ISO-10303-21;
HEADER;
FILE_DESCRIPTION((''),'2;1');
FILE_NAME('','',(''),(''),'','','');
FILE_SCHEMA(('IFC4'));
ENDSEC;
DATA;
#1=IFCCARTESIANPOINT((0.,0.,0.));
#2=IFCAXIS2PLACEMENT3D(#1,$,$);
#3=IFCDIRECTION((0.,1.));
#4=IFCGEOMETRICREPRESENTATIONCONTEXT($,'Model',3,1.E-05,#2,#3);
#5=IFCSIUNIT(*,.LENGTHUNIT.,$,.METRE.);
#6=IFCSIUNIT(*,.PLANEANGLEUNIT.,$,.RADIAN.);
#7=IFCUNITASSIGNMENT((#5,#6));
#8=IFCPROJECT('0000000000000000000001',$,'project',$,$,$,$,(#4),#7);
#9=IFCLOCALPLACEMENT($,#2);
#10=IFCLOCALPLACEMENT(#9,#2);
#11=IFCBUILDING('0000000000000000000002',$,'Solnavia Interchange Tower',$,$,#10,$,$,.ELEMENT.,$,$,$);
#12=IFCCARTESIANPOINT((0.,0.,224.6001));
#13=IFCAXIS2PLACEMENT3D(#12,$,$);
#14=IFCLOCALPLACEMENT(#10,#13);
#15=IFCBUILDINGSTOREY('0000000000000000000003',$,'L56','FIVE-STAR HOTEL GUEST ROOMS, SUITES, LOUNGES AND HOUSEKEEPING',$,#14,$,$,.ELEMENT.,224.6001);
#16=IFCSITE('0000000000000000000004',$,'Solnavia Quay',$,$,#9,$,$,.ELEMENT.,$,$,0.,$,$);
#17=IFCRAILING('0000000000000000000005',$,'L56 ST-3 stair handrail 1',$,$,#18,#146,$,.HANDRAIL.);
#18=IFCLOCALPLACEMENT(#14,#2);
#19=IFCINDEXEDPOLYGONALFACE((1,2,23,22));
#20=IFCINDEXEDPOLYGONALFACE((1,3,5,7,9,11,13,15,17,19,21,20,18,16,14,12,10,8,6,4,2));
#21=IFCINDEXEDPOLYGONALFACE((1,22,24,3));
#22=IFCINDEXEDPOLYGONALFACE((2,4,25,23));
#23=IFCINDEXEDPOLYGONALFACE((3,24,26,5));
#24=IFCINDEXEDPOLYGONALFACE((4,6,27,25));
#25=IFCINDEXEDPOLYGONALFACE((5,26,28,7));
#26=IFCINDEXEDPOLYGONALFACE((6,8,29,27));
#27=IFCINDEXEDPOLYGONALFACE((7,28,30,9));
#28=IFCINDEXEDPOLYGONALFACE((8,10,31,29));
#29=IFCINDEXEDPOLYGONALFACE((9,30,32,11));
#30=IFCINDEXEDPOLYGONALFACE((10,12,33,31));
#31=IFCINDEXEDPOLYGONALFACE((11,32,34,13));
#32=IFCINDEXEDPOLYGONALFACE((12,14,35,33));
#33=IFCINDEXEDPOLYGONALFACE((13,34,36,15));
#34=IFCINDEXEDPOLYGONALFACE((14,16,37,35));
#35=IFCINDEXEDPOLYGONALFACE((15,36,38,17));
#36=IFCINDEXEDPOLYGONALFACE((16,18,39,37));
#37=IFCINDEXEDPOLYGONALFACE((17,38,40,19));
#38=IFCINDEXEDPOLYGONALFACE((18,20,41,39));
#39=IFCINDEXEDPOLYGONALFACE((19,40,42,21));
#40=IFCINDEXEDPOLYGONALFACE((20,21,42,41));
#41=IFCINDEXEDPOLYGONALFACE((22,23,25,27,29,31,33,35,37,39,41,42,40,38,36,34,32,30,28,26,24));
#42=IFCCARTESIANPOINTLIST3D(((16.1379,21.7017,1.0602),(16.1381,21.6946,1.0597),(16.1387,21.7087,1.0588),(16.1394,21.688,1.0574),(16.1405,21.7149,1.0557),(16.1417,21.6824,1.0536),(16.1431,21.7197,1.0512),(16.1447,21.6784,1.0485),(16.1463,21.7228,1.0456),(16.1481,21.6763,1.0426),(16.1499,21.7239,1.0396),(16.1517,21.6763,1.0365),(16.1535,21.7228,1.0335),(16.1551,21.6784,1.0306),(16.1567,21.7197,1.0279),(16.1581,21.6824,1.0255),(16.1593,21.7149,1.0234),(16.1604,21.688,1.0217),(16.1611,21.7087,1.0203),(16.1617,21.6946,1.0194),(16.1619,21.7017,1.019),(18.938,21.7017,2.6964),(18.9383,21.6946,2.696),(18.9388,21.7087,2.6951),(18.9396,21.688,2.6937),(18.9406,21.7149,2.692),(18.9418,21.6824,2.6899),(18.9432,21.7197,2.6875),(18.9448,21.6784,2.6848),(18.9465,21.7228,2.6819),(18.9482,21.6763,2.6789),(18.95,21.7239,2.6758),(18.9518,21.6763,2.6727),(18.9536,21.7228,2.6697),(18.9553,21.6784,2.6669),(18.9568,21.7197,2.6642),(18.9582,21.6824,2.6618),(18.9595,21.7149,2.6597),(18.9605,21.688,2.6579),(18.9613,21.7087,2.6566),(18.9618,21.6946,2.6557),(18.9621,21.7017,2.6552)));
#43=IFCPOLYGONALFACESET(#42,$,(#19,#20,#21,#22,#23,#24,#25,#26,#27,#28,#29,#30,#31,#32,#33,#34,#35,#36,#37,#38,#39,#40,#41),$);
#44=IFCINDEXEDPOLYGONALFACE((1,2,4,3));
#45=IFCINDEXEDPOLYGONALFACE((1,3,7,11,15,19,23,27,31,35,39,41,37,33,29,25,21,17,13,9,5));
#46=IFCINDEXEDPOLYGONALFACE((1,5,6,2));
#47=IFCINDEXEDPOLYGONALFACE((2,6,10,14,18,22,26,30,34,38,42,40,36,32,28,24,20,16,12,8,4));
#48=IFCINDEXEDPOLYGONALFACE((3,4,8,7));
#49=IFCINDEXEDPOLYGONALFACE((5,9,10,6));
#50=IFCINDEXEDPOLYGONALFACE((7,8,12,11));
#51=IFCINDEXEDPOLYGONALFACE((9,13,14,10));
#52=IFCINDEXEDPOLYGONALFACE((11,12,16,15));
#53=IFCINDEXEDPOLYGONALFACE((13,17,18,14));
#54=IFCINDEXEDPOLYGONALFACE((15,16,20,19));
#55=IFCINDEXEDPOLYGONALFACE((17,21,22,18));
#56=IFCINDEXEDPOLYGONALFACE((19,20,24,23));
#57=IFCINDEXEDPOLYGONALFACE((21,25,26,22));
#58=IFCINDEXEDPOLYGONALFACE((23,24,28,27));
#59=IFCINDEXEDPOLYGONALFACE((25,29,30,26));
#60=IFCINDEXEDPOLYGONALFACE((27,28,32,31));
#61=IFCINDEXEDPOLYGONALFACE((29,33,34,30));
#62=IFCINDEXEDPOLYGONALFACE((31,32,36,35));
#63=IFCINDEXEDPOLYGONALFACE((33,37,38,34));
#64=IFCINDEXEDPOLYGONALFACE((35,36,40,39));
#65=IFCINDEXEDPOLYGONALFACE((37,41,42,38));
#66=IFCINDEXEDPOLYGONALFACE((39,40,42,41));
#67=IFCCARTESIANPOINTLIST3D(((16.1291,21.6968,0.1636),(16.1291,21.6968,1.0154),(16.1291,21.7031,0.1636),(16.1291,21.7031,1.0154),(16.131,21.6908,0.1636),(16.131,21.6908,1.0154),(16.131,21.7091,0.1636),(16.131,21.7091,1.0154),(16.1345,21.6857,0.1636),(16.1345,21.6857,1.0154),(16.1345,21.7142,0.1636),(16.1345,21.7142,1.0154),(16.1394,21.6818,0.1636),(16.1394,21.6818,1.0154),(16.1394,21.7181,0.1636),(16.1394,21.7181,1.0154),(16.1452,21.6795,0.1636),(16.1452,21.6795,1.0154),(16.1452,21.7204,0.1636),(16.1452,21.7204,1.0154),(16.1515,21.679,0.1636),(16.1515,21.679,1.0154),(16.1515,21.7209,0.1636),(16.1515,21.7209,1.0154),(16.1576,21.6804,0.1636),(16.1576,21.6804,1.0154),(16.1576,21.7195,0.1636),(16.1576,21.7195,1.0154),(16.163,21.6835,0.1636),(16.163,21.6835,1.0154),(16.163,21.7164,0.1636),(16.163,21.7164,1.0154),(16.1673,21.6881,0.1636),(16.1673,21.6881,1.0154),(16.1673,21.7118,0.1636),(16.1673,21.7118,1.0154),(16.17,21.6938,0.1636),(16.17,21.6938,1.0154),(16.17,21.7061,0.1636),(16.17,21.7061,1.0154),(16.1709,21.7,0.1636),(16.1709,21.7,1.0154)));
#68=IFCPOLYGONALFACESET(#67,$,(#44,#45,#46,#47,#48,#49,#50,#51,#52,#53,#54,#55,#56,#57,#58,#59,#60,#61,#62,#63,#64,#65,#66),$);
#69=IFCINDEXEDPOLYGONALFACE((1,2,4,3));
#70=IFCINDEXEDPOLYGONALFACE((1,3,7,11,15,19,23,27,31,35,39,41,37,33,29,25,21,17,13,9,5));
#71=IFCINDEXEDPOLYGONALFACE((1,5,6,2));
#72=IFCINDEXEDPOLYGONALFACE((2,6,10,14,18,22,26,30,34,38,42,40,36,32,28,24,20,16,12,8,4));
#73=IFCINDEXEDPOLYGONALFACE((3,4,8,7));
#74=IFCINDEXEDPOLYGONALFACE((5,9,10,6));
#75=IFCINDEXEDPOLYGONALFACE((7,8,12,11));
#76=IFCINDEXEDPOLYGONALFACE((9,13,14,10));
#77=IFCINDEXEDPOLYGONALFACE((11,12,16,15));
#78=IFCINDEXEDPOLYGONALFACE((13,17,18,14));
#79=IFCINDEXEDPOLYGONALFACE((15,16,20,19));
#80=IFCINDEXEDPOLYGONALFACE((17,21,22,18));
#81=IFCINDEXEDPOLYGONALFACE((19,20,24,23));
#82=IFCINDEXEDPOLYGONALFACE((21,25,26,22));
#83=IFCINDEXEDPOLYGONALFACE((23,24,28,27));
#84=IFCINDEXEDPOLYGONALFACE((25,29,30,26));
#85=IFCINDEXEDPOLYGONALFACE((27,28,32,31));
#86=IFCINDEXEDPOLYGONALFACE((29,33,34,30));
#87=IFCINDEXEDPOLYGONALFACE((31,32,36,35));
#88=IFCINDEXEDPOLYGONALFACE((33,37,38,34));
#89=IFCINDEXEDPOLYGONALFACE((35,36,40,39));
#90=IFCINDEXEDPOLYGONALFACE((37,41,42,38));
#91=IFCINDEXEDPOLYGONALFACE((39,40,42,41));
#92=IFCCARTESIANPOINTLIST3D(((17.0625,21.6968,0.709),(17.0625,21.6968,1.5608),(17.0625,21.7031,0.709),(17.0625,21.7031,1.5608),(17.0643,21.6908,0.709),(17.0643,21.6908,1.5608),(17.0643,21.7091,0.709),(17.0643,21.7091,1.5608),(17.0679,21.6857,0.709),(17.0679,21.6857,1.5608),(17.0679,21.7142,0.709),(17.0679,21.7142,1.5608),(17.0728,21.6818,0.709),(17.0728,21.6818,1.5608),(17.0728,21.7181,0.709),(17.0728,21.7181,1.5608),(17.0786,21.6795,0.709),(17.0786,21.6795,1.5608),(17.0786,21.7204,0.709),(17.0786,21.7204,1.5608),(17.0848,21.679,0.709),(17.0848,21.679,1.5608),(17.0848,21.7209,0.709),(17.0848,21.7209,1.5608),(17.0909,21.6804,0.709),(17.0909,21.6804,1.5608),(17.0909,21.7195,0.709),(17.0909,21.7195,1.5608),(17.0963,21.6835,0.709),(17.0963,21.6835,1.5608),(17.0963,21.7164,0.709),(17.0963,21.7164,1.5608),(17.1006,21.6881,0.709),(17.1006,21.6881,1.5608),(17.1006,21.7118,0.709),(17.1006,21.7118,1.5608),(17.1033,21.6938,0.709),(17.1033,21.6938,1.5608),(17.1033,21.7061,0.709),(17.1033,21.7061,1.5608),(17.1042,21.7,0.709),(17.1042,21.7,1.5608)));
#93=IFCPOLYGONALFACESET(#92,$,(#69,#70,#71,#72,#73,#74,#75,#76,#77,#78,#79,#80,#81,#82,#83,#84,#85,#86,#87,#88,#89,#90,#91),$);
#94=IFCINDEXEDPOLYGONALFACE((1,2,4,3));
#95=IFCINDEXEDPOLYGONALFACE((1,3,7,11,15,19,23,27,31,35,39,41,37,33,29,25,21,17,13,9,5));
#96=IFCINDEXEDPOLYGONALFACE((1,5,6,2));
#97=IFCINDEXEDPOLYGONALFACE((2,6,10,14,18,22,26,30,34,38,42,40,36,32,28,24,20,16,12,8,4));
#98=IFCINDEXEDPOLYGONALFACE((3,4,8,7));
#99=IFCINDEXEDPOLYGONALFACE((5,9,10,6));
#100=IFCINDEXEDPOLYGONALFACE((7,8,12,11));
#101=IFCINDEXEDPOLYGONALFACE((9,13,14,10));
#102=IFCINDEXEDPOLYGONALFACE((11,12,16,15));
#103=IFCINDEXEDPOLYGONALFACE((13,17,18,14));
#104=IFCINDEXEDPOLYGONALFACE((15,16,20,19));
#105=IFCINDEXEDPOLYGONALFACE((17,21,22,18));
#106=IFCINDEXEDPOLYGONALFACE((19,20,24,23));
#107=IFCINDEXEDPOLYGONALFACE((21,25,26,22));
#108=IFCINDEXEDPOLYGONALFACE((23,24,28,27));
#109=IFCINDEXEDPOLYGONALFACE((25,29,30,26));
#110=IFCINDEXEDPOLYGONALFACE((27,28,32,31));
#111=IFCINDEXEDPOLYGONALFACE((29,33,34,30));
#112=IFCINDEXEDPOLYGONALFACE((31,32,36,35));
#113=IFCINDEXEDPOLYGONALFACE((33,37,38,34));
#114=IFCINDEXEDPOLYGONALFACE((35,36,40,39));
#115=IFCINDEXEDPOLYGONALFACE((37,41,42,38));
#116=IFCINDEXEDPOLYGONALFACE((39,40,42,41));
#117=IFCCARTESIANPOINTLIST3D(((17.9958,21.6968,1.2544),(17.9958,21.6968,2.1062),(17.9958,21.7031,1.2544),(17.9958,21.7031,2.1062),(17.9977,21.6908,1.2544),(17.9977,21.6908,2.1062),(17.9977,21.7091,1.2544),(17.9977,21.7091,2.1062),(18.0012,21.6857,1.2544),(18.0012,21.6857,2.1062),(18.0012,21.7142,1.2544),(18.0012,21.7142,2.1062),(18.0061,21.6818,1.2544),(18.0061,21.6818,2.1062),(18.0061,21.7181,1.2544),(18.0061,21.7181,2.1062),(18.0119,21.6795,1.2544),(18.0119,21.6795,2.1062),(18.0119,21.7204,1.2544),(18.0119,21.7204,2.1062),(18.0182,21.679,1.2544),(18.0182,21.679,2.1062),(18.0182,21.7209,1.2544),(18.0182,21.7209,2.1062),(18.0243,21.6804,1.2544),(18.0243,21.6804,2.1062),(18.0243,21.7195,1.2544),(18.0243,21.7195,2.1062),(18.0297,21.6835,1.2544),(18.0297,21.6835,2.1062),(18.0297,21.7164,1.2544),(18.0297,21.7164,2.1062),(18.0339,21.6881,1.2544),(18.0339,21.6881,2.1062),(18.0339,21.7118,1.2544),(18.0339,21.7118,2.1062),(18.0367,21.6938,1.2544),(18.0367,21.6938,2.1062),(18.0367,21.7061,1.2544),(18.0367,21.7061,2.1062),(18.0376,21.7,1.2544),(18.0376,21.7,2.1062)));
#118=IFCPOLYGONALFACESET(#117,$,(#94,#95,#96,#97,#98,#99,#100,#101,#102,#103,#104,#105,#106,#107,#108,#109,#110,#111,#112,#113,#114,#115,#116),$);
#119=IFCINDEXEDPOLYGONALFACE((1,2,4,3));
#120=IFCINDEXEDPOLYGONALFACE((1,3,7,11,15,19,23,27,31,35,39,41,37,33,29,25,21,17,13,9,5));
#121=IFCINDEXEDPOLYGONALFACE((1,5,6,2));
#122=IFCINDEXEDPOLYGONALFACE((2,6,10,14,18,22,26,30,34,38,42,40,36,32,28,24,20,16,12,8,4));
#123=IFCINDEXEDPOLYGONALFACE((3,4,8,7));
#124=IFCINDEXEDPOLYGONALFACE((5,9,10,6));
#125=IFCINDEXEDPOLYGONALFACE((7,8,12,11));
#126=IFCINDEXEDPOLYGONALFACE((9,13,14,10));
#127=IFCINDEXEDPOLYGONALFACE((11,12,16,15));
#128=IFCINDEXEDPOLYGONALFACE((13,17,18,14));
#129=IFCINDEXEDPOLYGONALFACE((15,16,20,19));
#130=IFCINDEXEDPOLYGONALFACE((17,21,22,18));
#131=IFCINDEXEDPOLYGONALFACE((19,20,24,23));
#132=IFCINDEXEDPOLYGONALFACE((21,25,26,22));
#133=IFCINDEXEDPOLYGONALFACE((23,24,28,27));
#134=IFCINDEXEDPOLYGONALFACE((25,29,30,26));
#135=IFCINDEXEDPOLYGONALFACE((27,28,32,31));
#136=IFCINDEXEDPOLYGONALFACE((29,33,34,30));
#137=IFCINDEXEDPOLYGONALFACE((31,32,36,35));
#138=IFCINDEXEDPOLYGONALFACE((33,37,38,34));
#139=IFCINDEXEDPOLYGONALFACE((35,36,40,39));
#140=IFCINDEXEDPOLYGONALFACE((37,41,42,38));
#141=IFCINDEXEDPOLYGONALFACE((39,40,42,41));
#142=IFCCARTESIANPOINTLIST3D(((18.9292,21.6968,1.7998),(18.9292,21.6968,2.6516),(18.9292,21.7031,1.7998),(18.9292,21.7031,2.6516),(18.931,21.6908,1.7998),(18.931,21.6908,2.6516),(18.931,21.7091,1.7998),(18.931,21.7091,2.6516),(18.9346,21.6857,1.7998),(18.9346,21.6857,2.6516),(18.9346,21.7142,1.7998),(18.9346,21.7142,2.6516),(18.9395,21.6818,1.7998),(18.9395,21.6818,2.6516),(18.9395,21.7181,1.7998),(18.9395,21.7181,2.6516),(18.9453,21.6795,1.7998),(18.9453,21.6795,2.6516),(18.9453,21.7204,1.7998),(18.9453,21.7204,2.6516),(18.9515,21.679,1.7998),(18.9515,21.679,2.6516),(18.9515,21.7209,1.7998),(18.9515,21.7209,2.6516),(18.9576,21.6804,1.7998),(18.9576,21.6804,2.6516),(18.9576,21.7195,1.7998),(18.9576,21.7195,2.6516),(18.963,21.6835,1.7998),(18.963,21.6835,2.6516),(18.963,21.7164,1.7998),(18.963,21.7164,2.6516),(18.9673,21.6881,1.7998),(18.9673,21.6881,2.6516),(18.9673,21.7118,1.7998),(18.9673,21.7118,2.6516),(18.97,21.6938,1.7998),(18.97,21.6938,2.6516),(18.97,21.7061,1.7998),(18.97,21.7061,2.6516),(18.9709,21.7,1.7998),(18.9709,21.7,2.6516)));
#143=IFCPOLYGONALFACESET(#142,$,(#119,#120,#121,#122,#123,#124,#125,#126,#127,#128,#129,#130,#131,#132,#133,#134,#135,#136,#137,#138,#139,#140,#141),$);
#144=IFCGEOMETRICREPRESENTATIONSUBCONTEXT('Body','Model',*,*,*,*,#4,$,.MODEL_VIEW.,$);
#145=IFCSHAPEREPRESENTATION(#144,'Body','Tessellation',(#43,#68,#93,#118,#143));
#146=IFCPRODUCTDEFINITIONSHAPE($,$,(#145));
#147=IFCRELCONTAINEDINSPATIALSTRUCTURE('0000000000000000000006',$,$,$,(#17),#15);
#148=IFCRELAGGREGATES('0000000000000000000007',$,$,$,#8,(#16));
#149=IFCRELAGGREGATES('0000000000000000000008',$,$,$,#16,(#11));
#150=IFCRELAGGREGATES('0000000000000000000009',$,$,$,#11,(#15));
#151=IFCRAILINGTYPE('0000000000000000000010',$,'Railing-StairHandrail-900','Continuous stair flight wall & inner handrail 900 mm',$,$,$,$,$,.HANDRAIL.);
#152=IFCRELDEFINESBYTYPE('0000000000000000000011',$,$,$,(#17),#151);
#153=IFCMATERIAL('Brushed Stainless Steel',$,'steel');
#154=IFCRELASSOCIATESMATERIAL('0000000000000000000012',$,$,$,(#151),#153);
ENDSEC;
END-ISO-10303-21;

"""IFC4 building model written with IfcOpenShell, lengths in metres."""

from ifc_helpers import new_model, si_unit, direction, frame, origin, origin_2d, place, context, subcontext, project, spatial, circle, extrude, material, type_object, element, save


model = new_model("IFC4")

# Units and contexts
model_context = context("Model", 3, precision=1e-05, world=origin(), true_north=direction((0.0, 1.0)))
body_context = subcontext(model_context, "Body", "Model", "MODEL_VIEW")
ifc_project = project(units=[si_unit("LENGTHUNIT", "METRE"), si_unit("PLANEANGLEUNIT", "RADIAN")], contexts=[model_context])

# Site, building, storey
site_placement = place(None, origin())
site = spatial("IfcSite", under=ifc_project, at=site_placement, Name="Solnavia Quay", CompositionType="ELEMENT", RefElevation=0.0)
building_placement = place(site_placement, origin())
building = spatial("IfcBuilding", under=site, at=building_placement, Name="Solnavia Interchange Tower", CompositionType="ELEMENT")
storey_placement = place(building_placement, frame((0.0, 0.0, 224.6001)))
storey = spatial("IfcBuildingStorey", under=building, at=storey_placement, Name="L56", Description="FIVE-STAR HOTEL GUEST ROOMS, SUITES, LOUNGES AND HOUSEKEEPING", CompositionType="ELEMENT", Elevation=224.6001)

# Railing
ifc_material_1 = material(Name="Brushed Stainless Steel", Category="steel")
railing_type_1 = type_object("IfcRailingType", Name="Railing-StairHandrail-900", Description="Continuous stair flight wall & inner handrail 900 mm", PredefinedType="HANDRAIL", material=ifc_material_1)
railing_1_placement = place(storey_placement, frame((16.1499, 21.7, 0.1636)))
element("IfcRailing", 1, at=railing_1_placement, inside=storey, type_object=railing_type_1, Name="L56 ST-3 stair handrail 1", PredefinedType="HANDRAIL", context=body_context, shape_type="SweptSolid", body=[
    extrude(circle(Radius=0.0239, at=origin_2d()), frame((0.0, 0.0, 0.876), z_axis=(0.863394, 0.0, 0.504531), x_axis=(0.0, 1.0, 0.0)), (0.0, 0.0, 1.0), 3.2432),
    extrude(circle(Radius=0.021, at=origin_2d()), origin(), (0.0, 0.0, 1.0), 0.8518),
    extrude(circle(Radius=0.021, at=origin_2d()), frame((0.9333, 0.0, 0.5454)), (0.0, 0.0, 1.0), 0.8518),
    extrude(circle(Radius=0.021, at=origin_2d()), frame((1.8667, 0.0, 1.0908)), (0.0, 0.0, 1.0), 0.8518),
    extrude(circle(Radius=0.021, at=origin_2d()), frame((2.8, 0.0, 1.6362)), (0.0, 0.0, 1.0), 0.8518),
])

save(model, "model.ifc")
